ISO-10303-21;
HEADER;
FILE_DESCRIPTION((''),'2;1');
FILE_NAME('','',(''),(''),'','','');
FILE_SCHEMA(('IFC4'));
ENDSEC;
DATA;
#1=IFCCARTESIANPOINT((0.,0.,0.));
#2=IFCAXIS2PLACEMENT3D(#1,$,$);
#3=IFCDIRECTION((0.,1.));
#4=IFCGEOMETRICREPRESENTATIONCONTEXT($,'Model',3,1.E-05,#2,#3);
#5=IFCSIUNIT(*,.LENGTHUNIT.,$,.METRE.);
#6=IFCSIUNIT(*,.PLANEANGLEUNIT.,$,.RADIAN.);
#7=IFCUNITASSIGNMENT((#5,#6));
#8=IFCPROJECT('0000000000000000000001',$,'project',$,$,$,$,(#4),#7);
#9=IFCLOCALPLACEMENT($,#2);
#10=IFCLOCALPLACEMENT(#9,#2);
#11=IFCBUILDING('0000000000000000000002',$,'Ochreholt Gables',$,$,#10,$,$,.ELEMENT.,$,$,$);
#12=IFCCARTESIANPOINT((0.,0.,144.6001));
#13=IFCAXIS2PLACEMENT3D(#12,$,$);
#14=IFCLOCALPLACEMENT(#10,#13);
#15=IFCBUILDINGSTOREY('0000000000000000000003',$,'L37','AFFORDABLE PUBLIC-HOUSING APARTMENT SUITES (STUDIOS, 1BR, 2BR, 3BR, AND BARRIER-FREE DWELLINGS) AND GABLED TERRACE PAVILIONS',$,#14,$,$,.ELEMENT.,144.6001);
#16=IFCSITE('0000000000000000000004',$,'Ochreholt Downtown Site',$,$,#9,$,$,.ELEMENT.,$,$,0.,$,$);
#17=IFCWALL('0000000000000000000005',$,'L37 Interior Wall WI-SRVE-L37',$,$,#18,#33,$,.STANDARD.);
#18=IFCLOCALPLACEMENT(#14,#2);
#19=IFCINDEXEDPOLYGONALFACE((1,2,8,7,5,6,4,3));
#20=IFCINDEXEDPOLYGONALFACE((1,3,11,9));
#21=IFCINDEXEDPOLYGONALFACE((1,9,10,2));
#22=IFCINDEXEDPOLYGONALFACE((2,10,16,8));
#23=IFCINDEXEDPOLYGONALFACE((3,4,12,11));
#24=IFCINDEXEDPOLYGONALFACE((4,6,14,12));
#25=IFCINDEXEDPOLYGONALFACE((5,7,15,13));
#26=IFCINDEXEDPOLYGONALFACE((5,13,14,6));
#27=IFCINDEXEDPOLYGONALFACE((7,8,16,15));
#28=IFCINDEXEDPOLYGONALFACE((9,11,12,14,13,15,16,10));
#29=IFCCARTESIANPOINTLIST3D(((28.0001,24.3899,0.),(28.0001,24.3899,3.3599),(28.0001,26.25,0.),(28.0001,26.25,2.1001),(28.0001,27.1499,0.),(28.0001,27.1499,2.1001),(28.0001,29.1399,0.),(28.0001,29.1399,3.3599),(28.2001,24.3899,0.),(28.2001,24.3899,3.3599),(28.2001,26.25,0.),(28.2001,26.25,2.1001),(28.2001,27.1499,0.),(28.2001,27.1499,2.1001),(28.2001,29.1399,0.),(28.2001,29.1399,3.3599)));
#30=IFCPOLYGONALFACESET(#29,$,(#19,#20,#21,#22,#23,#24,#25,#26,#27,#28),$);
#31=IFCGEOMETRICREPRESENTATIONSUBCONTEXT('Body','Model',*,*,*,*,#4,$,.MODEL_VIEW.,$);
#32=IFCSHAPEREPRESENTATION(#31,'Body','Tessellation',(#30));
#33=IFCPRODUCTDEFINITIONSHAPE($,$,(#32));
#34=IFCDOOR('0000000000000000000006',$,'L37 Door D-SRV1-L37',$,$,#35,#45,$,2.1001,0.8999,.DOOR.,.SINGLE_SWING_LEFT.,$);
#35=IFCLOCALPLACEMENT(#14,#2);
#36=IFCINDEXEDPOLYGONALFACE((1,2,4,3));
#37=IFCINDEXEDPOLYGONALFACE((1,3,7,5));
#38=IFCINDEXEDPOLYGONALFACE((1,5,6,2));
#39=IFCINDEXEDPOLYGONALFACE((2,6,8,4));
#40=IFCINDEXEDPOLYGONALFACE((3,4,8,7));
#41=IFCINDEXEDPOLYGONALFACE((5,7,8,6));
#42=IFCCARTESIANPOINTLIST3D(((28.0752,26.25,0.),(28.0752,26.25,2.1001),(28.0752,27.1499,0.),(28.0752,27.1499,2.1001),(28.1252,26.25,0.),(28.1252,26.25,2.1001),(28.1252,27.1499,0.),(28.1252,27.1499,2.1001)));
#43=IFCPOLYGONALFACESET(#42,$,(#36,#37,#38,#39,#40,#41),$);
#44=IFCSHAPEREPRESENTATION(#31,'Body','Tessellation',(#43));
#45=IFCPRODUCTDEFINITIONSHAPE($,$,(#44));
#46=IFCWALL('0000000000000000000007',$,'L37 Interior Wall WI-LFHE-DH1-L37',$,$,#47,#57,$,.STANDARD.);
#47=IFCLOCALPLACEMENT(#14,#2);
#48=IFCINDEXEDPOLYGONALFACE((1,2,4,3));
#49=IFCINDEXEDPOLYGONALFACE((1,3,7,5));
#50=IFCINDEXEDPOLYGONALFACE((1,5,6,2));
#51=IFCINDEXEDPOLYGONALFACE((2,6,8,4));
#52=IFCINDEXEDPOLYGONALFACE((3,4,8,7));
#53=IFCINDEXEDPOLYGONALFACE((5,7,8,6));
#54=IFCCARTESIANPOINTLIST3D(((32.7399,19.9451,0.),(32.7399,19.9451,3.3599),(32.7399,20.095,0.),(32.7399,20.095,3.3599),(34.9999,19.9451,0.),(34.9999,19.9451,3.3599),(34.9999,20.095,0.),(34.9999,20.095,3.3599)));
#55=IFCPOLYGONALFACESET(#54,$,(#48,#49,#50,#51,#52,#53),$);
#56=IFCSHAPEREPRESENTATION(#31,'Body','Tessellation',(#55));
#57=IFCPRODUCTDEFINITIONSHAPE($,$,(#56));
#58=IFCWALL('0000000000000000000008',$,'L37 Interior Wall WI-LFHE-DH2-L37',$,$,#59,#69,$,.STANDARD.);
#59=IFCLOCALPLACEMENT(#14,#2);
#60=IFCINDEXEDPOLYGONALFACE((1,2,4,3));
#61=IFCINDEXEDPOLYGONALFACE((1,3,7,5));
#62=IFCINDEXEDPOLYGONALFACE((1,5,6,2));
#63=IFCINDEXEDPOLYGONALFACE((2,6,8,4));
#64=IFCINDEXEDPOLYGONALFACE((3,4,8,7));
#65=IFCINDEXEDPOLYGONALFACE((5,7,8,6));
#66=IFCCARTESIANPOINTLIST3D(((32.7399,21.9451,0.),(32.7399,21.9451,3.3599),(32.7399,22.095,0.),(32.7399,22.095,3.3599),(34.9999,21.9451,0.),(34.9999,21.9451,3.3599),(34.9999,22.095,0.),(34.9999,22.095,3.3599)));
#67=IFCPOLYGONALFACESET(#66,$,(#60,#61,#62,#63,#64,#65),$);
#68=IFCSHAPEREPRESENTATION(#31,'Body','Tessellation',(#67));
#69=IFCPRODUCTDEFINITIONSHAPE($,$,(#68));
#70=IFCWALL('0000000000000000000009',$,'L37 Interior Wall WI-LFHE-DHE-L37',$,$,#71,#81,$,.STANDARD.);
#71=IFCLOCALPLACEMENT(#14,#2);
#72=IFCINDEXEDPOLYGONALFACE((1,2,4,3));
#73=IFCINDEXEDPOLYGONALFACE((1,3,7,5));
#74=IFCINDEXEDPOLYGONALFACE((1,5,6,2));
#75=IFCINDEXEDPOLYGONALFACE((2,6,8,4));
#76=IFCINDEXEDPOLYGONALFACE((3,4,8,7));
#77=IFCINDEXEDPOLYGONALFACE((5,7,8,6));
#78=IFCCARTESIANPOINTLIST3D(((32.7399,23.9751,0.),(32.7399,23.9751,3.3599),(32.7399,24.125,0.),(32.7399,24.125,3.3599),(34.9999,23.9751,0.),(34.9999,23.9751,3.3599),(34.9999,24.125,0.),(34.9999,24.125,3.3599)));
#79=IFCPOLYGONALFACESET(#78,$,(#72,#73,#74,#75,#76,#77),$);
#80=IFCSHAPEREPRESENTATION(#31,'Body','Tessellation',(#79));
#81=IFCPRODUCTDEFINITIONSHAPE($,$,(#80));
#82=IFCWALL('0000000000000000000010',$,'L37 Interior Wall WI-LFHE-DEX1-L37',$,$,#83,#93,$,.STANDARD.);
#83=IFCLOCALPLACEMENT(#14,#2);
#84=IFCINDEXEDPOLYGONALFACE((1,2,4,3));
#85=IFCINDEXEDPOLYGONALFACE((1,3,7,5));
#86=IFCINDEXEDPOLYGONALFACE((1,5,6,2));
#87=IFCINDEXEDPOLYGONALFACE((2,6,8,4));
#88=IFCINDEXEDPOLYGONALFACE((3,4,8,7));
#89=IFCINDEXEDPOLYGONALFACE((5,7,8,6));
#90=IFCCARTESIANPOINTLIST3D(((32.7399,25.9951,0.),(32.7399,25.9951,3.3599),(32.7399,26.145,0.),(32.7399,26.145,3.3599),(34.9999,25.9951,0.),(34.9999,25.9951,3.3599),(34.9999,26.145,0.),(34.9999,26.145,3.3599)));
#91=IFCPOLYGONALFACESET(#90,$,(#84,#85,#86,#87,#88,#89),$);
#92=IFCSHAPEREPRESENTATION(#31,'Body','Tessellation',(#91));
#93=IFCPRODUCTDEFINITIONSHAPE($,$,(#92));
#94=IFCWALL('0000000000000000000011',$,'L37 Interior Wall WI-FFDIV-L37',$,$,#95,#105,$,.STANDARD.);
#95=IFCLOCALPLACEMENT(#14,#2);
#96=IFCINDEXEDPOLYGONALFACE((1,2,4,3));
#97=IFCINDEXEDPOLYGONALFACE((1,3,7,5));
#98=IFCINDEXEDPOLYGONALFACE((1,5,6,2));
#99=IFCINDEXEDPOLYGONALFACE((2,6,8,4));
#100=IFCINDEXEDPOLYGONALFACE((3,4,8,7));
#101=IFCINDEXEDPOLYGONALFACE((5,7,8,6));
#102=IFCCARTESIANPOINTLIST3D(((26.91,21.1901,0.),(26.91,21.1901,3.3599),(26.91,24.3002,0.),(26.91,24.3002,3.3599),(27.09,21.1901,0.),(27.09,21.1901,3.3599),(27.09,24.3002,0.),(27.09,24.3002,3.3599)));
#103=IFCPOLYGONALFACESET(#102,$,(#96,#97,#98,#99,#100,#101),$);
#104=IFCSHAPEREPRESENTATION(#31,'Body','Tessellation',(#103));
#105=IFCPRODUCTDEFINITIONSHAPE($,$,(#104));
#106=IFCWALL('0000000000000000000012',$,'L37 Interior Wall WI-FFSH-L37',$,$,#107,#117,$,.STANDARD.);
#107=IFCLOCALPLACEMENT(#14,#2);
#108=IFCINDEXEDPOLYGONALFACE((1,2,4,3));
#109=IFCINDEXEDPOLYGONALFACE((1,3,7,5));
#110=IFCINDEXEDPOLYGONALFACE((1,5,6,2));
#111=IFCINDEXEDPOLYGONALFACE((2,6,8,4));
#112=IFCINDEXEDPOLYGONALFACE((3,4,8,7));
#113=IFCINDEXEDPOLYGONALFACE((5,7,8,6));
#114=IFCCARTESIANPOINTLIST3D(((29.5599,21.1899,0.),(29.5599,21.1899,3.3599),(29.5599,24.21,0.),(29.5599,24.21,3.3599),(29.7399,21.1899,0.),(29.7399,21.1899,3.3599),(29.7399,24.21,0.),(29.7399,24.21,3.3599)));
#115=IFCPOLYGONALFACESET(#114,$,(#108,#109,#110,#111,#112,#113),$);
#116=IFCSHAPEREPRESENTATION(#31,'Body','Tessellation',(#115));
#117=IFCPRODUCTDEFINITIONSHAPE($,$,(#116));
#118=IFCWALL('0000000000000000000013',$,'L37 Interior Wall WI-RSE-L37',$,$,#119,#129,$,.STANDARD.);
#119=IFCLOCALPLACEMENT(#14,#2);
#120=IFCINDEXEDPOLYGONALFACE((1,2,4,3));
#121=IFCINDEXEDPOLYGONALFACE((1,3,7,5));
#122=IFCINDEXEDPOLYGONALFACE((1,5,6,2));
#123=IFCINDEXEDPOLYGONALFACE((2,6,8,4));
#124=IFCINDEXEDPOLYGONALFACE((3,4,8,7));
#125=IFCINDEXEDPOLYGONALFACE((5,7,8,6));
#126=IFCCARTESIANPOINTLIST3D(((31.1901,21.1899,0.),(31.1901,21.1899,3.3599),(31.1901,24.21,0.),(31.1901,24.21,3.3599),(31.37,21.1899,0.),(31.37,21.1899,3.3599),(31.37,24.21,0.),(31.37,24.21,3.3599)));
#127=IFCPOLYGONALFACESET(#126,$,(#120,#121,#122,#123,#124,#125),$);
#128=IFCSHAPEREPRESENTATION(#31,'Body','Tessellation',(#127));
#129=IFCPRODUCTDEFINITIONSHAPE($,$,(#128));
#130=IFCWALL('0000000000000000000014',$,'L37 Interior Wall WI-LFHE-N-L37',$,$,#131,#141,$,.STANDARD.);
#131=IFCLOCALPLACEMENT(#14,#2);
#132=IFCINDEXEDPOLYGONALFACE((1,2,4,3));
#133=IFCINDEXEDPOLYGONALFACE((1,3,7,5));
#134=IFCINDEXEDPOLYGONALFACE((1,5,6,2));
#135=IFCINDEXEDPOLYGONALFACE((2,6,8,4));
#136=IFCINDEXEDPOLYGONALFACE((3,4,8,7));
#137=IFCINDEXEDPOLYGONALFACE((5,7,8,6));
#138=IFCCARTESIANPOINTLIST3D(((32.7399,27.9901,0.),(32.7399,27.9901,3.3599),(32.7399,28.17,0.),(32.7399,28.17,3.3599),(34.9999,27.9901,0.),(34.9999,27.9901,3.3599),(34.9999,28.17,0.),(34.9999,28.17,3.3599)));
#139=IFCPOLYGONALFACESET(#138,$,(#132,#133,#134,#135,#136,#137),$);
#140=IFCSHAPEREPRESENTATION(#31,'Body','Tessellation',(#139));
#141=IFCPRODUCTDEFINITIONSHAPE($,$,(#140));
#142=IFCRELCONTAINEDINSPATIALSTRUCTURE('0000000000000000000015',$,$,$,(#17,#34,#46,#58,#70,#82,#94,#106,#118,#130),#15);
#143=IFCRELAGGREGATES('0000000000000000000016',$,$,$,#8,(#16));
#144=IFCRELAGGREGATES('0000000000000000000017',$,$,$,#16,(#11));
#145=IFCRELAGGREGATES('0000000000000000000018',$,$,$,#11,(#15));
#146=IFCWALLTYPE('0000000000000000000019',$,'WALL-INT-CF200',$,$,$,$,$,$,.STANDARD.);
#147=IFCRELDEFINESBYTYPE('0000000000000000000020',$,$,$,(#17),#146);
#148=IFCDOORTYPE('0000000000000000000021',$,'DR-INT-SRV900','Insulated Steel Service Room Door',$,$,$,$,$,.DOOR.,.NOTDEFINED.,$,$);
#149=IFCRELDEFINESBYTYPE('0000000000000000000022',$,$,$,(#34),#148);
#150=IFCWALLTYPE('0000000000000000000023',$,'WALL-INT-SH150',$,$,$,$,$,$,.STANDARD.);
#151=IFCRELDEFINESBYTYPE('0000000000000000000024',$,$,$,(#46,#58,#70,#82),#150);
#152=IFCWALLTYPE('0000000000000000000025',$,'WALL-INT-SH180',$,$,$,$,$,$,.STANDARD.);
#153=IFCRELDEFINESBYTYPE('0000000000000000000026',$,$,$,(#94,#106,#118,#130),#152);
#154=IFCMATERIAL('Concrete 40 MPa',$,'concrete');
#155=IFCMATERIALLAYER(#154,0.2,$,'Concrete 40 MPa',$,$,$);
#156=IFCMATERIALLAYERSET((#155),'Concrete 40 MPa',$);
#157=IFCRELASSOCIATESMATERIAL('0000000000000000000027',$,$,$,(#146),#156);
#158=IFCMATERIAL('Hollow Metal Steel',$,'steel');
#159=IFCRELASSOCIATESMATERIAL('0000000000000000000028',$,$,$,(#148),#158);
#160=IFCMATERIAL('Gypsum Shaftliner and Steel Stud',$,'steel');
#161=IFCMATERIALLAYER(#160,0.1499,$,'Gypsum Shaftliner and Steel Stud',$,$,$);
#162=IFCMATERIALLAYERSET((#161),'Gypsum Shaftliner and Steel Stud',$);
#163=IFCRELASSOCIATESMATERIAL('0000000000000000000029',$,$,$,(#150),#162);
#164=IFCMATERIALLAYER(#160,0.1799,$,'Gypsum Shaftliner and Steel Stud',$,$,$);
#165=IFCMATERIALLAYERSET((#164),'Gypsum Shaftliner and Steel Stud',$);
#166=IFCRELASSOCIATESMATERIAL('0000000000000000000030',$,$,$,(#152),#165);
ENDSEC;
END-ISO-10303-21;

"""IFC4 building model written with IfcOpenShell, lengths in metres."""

from ifc_helpers import new_model, si_unit, direction, frame, frame_2d, origin, place, context, subcontext, project, spatial, rectangle, extrude, material, layer, layer_set, type_object, element, fill, save


model = new_model("IFC4")

# Units and contexts
model_context = context("Model", 3, precision=1e-05, world=origin(), true_north=direction((0.0, 1.0)))
body_context = subcontext(model_context, "Body", "Model", "MODEL_VIEW")
ifc_project = project(units=[si_unit("LENGTHUNIT", "METRE"), si_unit("PLANEANGLEUNIT", "RADIAN")], contexts=[model_context])

# Site, building, storey
site_placement = place(None, origin())
site = spatial("IfcSite", under=ifc_project, at=site_placement, Name="Ochreholt Downtown Site", CompositionType="ELEMENT", RefElevation=0.0)
building_placement = place(site_placement, origin())
building = spatial("IfcBuilding", under=site, at=building_placement, Name="Ochreholt Gables", CompositionType="ELEMENT")
storey_placement = place(building_placement, frame((0.0, 0.0, 144.6001)))
storey = spatial("IfcBuildingStorey", under=building, at=storey_placement, Name="L37", Description="AFFORDABLE PUBLIC-HOUSING APARTMENT SUITES (STUDIOS, 1BR, 2BR, 3BR, AND BARRIER-FREE DWELLINGS) AND GABLED TERRACE PAVILIONS", CompositionType="ELEMENT", Elevation=144.6001)

# Wall, opening, door
ifc_material_1 = material(Name="Concrete 40 MPa", Category="concrete")
ifc_layer_1 = layer(ifc_material_1, 0.2, Name="Concrete 40 MPa")
ifc_layer_set_1 = layer_set([ifc_layer_1], Name="Concrete 40 MPa")
wall_type_1 = type_object("IfcWallType", Name="WALL-INT-CF200", PredefinedType="STANDARD", material=ifc_layer_set_1)
wall_1_placement = place(storey_placement, frame((28.1001, 24.3899, 0.0), z_axis=(0.0, 0.0, 1.0), x_axis=(0.0, 1.0, 0.0)))
wall_1 = element("IfcWall", 1, at=wall_1_placement, inside=storey, type_object=wall_type_1, Name="L37 Interior Wall WI-SRVE-L37", PredefinedType="STANDARD", context=body_context, shape_type="SweptSolid", body=[
    extrude(rectangle(XDim=4.75, YDim=0.2, at=frame_2d((2.375, 0.0))), origin(), (0.0, 0.0, 1.0), 3.3599),
])
opening_1_placement = place(wall_1_placement, frame((1.8601, 0.0, 0.0)))
opening_1 = element("IfcOpeningElement", 2, at=opening_1_placement, cuts=wall_1, PredefinedType="OPENING", context=body_context, shape_type="SweptSolid", body=[
    extrude(rectangle(XDim=0.8999, YDim=2.1001, at=frame_2d((0.45, 1.05))), frame((0.0, 0.1099, 0.0), z_axis=(0.0, -1.0, 0.0), x_axis=(1.0, 0.0, 0.0)), (0.0, 0.0, 1.0), 0.22),
])
ifc_material_2 = material(Name="Hollow Metal Steel", Category="steel")
door_type_1 = type_object("IfcDoorType", Name="DR-INT-SRV900", Description="Insulated Steel Service Room Door", OperationType="NOTDEFINED", PredefinedType="DOOR", material=ifc_material_2)
door_1_placement = place(opening_1_placement, origin())
door_1 = element("IfcDoor", 3, at=door_1_placement, inside=storey, type_object=door_type_1, Name="L37 Door D-SRV1-L37", OperationType="SINGLE_SWING_LEFT", OverallHeight=2.1001, OverallWidth=0.8999, PredefinedType="DOOR", context=body_context, shape_type="SweptSolid", body=[
    extrude(rectangle(XDim=0.8999, YDim=2.1001, at=frame_2d((0.45, 1.05))), frame((0.0, 0.0249, 0.0), z_axis=(0.0, -1.0, 0.0), x_axis=(1.0, 0.0, 0.0)), (0.0, 0.0, 1.0), 0.05),
])
fill(opening_1, door_1)

# Walls
ifc_material_3 = material(Name="Gypsum Shaftliner and Steel Stud", Category="steel")
ifc_layer_2 = layer(ifc_material_3, 0.1499, Name="Gypsum Shaftliner and Steel Stud")
ifc_layer_set_2 = layer_set([ifc_layer_2], Name="Gypsum Shaftliner and Steel Stud")
wall_type_2 = type_object("IfcWallType", Name="WALL-INT-SH150", PredefinedType="STANDARD", material=ifc_layer_set_2)
for number, where, z_axis, x_axis, name in (
    (4, (32.74, 20.02, 0.0), (0.0, 0.0, 1.0), (1.0, 0.0, 0.0), "L37 Interior Wall WI-LFHE-DH1-L37"),
    (5, (32.74, 22.02, 0.0), (0.0, 0.0, 1.0), (1.0, 0.0, 0.0), "L37 Interior Wall WI-LFHE-DH2-L37"),
    (6, (32.74, 24.05, 0.0), (0.0, 0.0, 1.0), (1.0, 0.0, 0.0), "L37 Interior Wall WI-LFHE-DHE-L37"),
    (7, (32.74, 26.0701, 0.0), (0.0, 0.0, 1.0), (1.0, 0.0, 0.0), "L37 Interior Wall WI-LFHE-DEX1-L37"),
):
    element("IfcWall", number, at=place(storey_placement, frame(where, z_axis=z_axis, x_axis=x_axis)), inside=storey, type_object=wall_type_2, Name=name, PredefinedType="STANDARD", context=body_context, shape_type="SweptSolid", body=[
        extrude(rectangle(XDim=2.26, YDim=0.1499, at=frame_2d((1.1299, 0.0))), origin(), (0.0, 0.0, 1.0), 3.3599),
    ])
ifc_layer_3 = layer(ifc_material_3, 0.1799, Name="Gypsum Shaftliner and Steel Stud")
ifc_layer_set_3 = layer_set([ifc_layer_3], Name="Gypsum Shaftliner and Steel Stud")
wall_type_3 = type_object("IfcWallType", Name="WALL-INT-SH180", PredefinedType="STANDARD", material=ifc_layer_set_3)
wall_2_placement = place(storey_placement, frame((27.0, 21.1899, 0.0), z_axis=(0.0, 0.0, 1.0), x_axis=(0.0, 1.0, 0.0)))
element("IfcWall", 8, at=wall_2_placement, inside=storey, type_object=wall_type_3, Name="L37 Interior Wall WI-FFDIV-L37", PredefinedType="STANDARD", context=body_context, shape_type="SweptSolid", body=[
    extrude(rectangle(XDim=3.1101, YDim=0.1799, at=frame_2d((1.5552, 0.0))), origin(), (0.0, 0.0, 1.0), 3.3599),
])
for number, where, z_axis, x_axis, name in (
    (9, (29.6499, 21.1899, 0.0), (0.0, 0.0, 1.0), (0.0, 1.0, 0.0), "L37 Interior Wall WI-FFSH-L37"),
    (10, (31.28, 21.1899, 0.0), (0.0, 0.0, 1.0), (0.0, 1.0, 0.0), "L37 Interior Wall WI-RSE-L37"),
):
    element("IfcWall", number, at=place(storey_placement, frame(where, z_axis=z_axis, x_axis=x_axis)), inside=storey, type_object=wall_type_3, Name=name, PredefinedType="STANDARD", context=body_context, shape_type="SweptSolid", body=[
        extrude(rectangle(XDim=3.02, YDim=0.1799, at=frame_2d((1.51, 0.0))), origin(), (0.0, 0.0, 1.0), 3.3599),
    ])
wall_3_placement = place(storey_placement, frame((32.74, 28.0801, 0.0), z_axis=(0.0, 0.0, 1.0), x_axis=(1.0, 0.0, 0.0)))
element("IfcWall", 11, at=wall_3_placement, inside=storey, type_object=wall_type_3, Name="L37 Interior Wall WI-LFHE-N-L37", PredefinedType="STANDARD", context=body_context, shape_type="SweptSolid", body=[
    extrude(rectangle(XDim=2.26, YDim=0.1799, at=frame_2d((1.1299, 0.0))), origin(), (0.0, 0.0, 1.0), 3.3599),
])

save(model, "model.ifc")
